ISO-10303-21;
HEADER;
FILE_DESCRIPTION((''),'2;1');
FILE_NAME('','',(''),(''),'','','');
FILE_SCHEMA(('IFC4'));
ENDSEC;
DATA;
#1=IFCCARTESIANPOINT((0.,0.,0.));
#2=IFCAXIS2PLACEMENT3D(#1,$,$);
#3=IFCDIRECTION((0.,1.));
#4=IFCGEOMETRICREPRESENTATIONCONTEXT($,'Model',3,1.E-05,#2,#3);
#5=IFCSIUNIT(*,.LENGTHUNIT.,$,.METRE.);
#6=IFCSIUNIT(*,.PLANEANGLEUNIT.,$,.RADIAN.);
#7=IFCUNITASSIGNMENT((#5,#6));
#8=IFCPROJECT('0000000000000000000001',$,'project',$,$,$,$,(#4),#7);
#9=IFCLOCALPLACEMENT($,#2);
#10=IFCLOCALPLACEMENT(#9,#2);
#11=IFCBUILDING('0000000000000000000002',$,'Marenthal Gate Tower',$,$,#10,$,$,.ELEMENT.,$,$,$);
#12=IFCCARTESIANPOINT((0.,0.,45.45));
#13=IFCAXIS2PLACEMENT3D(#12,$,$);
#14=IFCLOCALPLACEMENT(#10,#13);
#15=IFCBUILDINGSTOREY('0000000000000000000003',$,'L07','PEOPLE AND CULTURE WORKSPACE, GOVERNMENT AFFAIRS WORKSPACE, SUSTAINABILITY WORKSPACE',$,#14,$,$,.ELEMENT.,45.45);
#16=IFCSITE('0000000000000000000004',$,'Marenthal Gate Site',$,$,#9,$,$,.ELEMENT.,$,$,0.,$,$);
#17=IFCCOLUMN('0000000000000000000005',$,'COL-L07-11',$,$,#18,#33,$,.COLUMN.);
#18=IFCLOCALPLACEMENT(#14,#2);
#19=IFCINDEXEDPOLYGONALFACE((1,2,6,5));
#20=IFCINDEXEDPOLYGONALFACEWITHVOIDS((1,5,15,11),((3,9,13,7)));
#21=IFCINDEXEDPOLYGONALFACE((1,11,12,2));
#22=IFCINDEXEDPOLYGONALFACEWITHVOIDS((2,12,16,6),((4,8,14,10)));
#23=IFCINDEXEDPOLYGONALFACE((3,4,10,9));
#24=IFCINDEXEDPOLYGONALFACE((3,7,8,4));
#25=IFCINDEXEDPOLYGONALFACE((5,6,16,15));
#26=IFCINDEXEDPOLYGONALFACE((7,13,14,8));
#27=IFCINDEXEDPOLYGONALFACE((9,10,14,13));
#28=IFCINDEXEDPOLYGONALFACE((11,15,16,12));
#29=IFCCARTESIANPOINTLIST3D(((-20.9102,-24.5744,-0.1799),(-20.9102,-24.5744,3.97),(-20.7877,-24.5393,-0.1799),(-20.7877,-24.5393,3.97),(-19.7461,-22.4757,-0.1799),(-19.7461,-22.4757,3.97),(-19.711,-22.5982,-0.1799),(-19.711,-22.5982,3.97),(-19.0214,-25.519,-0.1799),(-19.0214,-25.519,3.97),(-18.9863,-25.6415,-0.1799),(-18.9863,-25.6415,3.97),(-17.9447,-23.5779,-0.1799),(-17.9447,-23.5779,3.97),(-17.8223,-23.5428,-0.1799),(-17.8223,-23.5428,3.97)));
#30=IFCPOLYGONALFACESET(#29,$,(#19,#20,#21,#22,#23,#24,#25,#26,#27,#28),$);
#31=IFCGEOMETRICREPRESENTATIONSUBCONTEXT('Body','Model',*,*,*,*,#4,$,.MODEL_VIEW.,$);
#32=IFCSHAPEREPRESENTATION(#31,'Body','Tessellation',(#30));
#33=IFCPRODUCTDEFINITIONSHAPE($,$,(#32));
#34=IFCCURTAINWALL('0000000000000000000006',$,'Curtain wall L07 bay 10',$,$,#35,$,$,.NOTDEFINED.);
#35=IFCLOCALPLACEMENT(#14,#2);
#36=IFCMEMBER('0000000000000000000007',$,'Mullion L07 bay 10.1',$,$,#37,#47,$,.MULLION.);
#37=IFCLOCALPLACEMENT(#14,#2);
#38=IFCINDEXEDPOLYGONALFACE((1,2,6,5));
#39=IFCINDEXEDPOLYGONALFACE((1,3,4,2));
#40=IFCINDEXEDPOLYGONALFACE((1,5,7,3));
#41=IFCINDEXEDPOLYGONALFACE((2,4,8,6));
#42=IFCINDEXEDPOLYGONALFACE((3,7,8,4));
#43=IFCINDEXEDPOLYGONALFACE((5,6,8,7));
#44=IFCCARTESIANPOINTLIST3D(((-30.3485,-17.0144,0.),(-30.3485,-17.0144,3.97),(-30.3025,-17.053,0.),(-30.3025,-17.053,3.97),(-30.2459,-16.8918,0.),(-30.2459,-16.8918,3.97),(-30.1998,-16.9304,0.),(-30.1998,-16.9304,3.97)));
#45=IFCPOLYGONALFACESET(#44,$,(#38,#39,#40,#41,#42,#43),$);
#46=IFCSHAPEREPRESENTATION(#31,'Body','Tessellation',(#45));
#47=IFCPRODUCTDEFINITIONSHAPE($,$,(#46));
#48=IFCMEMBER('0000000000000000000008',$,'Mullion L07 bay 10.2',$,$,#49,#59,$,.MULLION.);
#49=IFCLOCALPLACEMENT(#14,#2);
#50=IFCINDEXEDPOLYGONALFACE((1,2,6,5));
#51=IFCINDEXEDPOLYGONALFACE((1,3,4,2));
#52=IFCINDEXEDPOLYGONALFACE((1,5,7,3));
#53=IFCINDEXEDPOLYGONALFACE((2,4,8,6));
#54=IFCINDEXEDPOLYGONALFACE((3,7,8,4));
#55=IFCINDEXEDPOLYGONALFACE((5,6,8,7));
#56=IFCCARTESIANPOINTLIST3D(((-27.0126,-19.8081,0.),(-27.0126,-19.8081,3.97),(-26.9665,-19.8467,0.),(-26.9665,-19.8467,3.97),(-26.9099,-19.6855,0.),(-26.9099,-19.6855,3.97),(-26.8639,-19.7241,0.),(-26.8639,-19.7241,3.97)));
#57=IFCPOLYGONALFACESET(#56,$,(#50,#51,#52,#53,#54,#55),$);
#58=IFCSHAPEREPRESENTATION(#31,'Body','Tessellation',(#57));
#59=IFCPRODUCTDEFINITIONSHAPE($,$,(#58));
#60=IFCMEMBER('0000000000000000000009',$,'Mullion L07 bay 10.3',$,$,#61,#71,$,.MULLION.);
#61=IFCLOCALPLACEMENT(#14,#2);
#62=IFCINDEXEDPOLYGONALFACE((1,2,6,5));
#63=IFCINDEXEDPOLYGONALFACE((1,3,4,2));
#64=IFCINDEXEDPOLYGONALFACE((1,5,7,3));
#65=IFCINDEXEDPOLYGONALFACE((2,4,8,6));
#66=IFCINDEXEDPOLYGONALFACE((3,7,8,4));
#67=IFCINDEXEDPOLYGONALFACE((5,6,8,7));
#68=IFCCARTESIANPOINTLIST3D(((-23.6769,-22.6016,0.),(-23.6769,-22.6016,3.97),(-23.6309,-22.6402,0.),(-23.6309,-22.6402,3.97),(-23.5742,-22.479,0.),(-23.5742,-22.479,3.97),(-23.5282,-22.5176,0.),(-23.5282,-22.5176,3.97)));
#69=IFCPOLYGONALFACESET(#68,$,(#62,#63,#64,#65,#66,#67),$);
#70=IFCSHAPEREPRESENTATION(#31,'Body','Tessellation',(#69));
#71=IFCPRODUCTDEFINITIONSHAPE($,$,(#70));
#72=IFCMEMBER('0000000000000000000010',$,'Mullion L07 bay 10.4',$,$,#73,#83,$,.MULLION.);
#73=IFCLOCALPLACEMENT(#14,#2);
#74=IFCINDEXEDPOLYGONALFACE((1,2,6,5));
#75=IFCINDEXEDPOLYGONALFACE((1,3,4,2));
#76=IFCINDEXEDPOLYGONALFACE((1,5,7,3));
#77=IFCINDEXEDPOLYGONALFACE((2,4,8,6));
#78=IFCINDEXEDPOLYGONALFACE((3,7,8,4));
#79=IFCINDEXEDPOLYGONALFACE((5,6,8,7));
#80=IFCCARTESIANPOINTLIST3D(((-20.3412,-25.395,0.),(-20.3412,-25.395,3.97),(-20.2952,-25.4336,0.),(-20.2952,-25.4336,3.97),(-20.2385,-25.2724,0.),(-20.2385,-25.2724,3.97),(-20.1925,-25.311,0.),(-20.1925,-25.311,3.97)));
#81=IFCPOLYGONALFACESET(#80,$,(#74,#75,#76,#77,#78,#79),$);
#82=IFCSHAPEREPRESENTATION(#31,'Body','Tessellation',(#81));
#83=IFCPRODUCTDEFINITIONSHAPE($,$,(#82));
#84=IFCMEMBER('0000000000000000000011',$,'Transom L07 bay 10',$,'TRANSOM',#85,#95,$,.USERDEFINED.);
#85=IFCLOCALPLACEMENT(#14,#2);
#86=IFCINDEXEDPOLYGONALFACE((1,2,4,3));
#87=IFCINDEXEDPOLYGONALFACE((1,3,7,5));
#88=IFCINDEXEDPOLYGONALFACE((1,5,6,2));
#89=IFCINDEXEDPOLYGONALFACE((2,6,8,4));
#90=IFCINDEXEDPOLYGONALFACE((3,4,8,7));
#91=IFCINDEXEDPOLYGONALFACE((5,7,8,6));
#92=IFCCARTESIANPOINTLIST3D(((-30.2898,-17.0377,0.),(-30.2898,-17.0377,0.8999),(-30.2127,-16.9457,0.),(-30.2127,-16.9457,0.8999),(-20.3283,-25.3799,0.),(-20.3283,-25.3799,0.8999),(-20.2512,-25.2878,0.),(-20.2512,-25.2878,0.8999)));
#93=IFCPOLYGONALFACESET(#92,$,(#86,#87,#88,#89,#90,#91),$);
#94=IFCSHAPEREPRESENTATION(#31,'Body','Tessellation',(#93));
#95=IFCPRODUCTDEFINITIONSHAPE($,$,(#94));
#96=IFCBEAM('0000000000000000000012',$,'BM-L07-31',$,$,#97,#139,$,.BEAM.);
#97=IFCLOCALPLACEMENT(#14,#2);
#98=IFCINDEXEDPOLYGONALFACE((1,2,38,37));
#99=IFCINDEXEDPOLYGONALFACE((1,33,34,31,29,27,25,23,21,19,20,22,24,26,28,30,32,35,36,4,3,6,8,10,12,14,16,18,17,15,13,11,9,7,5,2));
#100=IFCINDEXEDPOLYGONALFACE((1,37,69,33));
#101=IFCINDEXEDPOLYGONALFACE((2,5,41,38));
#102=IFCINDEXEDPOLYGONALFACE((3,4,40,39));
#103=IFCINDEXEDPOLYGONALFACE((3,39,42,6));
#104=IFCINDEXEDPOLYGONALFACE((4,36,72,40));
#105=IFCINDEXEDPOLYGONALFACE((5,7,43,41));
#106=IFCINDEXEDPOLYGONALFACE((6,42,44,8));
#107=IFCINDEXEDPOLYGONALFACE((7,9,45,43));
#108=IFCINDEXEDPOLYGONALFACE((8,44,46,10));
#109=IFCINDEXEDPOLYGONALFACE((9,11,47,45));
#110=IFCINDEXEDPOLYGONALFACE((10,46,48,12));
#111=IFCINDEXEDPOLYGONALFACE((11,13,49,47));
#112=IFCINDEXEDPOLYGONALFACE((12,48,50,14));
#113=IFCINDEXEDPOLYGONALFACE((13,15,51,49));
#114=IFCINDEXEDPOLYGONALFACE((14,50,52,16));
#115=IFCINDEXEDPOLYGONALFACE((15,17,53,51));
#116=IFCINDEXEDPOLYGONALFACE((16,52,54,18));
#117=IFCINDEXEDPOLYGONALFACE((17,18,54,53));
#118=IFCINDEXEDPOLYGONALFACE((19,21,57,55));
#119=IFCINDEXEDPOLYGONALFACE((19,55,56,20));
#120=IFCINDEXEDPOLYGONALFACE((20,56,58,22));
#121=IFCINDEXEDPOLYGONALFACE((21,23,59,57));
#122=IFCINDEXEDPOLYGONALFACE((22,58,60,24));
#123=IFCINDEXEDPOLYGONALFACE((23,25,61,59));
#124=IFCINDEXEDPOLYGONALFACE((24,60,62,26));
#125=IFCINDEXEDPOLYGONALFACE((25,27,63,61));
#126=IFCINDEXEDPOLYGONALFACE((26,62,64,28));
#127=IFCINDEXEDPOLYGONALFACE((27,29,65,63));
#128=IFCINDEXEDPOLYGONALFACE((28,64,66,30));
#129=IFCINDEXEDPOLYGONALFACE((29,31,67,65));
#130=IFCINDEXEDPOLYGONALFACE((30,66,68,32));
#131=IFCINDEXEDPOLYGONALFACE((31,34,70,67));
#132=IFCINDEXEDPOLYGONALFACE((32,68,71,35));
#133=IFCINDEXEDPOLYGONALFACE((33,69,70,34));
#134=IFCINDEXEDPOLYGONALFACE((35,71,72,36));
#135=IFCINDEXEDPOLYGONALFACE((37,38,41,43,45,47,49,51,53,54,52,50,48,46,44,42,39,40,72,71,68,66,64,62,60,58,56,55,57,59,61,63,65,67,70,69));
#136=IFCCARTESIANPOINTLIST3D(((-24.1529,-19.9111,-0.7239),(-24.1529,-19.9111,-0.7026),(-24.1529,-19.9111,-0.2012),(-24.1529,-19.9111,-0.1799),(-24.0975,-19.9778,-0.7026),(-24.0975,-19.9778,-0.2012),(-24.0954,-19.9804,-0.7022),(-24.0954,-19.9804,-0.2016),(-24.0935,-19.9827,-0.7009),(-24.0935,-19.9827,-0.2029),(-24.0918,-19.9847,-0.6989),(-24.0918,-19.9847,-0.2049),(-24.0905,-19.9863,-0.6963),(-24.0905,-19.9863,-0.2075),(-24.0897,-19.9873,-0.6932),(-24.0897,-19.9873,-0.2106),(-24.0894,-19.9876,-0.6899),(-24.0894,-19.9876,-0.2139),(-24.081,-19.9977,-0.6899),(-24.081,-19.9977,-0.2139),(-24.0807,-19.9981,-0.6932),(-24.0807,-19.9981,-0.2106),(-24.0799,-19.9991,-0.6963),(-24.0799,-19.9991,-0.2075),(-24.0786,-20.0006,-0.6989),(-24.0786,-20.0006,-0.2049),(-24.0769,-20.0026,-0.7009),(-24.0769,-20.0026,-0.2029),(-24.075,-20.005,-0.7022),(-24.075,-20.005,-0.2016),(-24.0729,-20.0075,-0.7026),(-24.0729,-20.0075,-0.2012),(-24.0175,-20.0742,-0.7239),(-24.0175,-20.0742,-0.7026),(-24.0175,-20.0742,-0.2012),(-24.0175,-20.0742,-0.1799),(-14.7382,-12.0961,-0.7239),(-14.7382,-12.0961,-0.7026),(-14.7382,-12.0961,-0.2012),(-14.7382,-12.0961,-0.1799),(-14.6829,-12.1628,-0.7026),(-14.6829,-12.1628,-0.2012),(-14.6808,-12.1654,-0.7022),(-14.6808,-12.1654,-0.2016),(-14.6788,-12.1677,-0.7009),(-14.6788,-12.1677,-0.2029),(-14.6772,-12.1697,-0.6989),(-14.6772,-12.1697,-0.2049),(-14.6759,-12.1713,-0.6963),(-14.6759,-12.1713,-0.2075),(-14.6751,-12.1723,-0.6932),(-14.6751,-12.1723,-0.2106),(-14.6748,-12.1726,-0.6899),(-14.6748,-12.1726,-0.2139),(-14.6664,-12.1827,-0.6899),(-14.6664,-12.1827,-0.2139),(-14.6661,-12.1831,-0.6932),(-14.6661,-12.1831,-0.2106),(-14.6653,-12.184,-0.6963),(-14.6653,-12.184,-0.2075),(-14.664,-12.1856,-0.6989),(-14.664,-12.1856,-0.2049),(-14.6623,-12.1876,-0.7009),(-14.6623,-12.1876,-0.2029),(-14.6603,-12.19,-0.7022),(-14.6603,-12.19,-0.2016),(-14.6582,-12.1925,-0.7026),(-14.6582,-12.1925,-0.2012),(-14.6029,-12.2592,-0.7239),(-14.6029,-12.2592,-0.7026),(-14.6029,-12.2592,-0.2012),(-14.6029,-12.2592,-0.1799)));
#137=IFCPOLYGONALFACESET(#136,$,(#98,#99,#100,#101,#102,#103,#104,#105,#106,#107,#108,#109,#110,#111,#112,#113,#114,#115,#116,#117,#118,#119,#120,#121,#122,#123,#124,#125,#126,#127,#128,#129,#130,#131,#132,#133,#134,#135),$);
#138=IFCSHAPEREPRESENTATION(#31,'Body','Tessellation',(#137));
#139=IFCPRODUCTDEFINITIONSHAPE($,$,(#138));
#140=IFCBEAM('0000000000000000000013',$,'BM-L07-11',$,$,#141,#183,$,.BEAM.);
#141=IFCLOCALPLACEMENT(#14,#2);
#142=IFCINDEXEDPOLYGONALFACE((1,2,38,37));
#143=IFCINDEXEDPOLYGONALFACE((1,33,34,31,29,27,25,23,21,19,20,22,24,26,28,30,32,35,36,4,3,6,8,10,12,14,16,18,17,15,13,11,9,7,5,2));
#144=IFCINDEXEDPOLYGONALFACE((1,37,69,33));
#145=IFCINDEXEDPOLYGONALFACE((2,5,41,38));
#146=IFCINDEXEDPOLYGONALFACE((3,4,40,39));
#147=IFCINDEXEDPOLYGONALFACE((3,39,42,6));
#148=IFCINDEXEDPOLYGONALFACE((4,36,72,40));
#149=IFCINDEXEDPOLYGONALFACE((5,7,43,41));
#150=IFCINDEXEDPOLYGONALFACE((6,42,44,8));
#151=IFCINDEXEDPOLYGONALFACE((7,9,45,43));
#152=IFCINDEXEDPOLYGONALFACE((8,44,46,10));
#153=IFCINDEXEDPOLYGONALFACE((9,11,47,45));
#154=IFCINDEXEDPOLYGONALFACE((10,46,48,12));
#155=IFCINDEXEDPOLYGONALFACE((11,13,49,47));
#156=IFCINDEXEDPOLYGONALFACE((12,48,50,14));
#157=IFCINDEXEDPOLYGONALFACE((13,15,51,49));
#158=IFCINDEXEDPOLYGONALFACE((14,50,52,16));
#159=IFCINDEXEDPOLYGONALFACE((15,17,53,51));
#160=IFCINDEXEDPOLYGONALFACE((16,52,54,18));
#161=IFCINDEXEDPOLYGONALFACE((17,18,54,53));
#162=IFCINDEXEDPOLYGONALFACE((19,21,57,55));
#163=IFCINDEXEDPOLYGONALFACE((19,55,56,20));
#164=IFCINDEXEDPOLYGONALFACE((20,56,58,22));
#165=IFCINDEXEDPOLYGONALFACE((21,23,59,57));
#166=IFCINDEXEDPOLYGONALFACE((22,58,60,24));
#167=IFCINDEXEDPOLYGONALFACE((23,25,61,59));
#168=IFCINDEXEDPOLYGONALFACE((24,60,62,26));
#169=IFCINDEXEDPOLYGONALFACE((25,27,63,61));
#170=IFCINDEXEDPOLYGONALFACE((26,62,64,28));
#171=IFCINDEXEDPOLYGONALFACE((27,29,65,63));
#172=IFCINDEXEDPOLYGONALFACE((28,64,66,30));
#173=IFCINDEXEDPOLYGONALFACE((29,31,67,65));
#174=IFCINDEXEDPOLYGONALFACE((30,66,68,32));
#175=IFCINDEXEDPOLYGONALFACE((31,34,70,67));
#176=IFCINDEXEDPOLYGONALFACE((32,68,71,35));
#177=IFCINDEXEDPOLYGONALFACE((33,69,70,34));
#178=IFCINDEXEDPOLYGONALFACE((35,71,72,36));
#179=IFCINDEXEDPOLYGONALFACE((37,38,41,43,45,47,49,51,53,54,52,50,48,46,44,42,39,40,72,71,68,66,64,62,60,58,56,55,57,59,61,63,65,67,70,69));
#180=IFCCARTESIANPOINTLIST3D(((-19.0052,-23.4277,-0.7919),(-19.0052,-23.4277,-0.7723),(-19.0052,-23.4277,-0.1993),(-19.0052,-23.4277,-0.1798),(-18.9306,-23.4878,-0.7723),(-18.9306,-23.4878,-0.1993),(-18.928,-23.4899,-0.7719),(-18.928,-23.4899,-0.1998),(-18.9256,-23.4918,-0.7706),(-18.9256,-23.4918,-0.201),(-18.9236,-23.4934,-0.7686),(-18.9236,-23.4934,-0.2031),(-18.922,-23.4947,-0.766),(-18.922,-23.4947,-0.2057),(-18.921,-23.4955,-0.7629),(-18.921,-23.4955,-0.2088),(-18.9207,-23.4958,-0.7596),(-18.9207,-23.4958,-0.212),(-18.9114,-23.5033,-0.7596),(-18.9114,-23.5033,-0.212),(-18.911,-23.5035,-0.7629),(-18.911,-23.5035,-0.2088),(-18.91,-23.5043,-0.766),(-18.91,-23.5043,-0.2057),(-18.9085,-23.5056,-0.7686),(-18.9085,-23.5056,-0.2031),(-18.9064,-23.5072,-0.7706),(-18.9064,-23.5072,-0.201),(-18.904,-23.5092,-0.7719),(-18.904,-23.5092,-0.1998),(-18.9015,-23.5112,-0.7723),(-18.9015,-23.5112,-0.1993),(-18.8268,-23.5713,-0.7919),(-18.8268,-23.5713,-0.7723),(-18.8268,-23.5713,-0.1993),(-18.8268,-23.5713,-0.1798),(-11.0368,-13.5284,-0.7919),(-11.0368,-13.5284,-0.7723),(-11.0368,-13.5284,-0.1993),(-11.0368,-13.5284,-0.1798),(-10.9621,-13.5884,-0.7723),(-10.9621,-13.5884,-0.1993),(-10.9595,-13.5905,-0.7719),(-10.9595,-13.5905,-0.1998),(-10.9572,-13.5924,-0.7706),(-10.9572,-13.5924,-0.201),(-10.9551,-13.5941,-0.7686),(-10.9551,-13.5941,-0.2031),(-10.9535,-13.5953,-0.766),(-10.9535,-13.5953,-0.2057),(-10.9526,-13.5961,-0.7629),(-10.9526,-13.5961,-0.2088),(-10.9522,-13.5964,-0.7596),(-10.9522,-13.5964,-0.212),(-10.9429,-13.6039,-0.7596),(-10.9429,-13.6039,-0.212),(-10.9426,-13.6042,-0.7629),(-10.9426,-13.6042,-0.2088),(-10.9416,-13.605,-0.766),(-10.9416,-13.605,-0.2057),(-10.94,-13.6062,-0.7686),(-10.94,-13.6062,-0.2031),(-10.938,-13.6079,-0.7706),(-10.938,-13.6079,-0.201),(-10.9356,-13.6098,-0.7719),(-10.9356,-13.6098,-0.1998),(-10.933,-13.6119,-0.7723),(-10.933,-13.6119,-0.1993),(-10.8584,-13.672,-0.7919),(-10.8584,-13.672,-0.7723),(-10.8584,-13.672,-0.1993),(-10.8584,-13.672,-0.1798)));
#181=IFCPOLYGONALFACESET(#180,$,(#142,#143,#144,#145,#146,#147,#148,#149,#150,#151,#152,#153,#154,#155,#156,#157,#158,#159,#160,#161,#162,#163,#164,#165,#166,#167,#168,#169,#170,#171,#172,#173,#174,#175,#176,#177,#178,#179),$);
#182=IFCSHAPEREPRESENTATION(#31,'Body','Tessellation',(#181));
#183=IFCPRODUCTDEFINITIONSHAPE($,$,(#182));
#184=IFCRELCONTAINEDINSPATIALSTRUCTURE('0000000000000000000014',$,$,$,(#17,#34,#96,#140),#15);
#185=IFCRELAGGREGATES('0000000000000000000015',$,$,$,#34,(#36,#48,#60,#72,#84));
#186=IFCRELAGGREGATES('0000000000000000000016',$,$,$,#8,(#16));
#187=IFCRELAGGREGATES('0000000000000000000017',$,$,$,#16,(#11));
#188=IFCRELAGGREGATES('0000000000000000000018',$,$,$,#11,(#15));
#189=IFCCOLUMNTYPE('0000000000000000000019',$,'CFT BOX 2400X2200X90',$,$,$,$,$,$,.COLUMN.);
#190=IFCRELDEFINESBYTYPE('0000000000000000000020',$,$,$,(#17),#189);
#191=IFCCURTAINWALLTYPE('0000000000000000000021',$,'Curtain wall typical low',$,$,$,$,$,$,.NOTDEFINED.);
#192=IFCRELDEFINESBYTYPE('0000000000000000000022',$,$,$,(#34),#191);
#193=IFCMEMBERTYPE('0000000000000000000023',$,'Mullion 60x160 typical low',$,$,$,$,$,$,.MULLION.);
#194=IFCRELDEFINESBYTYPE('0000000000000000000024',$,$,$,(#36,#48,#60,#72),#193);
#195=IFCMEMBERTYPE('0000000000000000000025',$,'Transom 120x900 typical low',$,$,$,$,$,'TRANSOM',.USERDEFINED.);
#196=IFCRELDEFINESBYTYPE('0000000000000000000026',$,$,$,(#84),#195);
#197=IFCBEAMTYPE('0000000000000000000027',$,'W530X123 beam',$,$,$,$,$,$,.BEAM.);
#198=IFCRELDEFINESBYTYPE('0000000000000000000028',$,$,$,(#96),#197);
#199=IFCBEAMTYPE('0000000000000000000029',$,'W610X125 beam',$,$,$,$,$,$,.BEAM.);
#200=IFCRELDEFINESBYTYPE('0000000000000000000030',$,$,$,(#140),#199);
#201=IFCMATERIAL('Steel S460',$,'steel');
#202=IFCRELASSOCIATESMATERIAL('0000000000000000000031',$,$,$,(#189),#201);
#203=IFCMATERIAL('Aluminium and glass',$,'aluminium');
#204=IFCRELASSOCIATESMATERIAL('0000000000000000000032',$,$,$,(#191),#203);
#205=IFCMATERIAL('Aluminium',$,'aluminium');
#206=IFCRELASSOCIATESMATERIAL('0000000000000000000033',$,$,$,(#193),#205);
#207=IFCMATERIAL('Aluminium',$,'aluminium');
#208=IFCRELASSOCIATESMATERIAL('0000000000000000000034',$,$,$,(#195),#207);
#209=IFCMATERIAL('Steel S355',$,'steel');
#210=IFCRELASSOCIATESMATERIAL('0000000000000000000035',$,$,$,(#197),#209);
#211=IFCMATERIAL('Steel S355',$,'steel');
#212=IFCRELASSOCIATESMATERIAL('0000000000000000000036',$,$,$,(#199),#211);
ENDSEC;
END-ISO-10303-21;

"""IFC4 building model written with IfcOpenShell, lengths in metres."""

from ifc_helpers import new_model, si_unit, direction, frame, origin, origin_2d, place, context, subcontext, project, spatial, rectangle, hollow_rectangle, i_section, extrude, material, material_profile, profile_set, type_object, element, aggregate, save


model = new_model("IFC4")

# Units and contexts
model_context = context("Model", 3, precision=1e-05, world=origin(), true_north=direction((0.0, 1.0)))
body_context = subcontext(model_context, "Body", "Model", "MODEL_VIEW")
ifc_project = project(units=[si_unit("LENGTHUNIT", "METRE"), si_unit("PLANEANGLEUNIT", "RADIAN")], contexts=[model_context])

# Site, building, storey
site_placement = place(None, origin())
site = spatial("IfcSite", under=ifc_project, at=site_placement, Name="Marenthal Gate Site", CompositionType="ELEMENT", RefElevation=0.0)
building_placement = place(site_placement, origin())
building = spatial("IfcBuilding", under=site, at=building_placement, Name="Marenthal Gate Tower", CompositionType="ELEMENT")
storey_placement = place(building_placement, frame((0.0, 0.0, 45.45)))
storey = spatial("IfcBuildingStorey", under=building, at=storey_placement, Name="L07", Description="PEOPLE AND CULTURE WORKSPACE, GOVERNMENT AFFAIRS WORKSPACE, SUSTAINABILITY WORKSPACE", CompositionType="ELEMENT", Elevation=45.45)

# Column
ifc_material_1 = material(Name="Steel S460", Category="steel")
ifc_material_profile_1 = material_profile(ifc_material_1, hollow_rectangle(XDim=2.2, YDim=2.3999, WallThickness=0.0901, at=origin_2d()), Name="CFT BOX 2400X2200X90")
ifc_material_2 = material(Name="Concrete 70 MPa", Category="concrete")
ifc_material_profile_2 = material_profile(ifc_material_2, rectangle(XDim=2.02, YDim=2.22, at=origin_2d()), Name="CFT BOX 2400X2200X90 INFILL")
ifc_profile_set_1 = profile_set([ifc_material_profile_1, ifc_material_profile_2], Name="Steel S460 shell, Concrete 70 MPa infill")
column_type = type_object("IfcColumnType", Name="CFT BOX 2400X2200X90", PredefinedType="COLUMN", material=ifc_profile_set_1)
column_placement = place(storey_placement, frame((-19.3662, -24.0586, -0.1799), z_axis=(0.0, 0.0, 1.0), x_axis=(-0.874496, 0.485032, 0.0)))
element("IfcColumn", 1, at=column_placement, inside=storey, type_object=column_type, Name="COL-L07-11", PredefinedType="COLUMN", context=body_context, shape_type="SweptSolid", body=[
    extrude(hollow_rectangle(XDim=2.2, YDim=2.3999, WallThickness=0.0901, at=origin_2d()), origin(), (0.0, 0.0, 1.0), 4.1499),
])

# Curtain wall, members
ifc_material_3 = material(Name="Aluminium and glass", Category="aluminium")
curtain_wall_type = type_object("IfcCurtainWallType", Name="Curtain wall typical low", PredefinedType="NOTDEFINED", material=ifc_material_3)
curtain_wall_placement = place(storey_placement, origin())
curtain_wall = element("IfcCurtainWall", 2, at=curtain_wall_placement, inside=storey, type_object=curtain_wall_type, Name="Curtain wall L07 bay 10", PredefinedType="NOTDEFINED")
ifc_material_4 = material(Name="Aluminium", Category="aluminium")
ifc_material_profile_3 = material_profile(ifc_material_4, rectangle(XDim=0.1599, YDim=0.0601, at=origin_2d()), Name="60x160 aluminium mullion")
ifc_profile_set_2 = profile_set([ifc_material_profile_3], Name="Aluminium")
member_type_1 = type_object("IfcMemberType", Name="Mullion 60x160 typical low", PredefinedType="MULLION", material=ifc_profile_set_2)
member_1_placement = place(storey_placement, frame((-30.2742, -16.9724, 0.0), z_axis=(0.0, 0.0, 1.0), x_axis=(0.642047, 0.766665, 0.0)))
member_1 = element("IfcMember", 3, at=member_1_placement, type_object=member_type_1, Name="Mullion L07 bay 10.1", PredefinedType="MULLION", context=body_context, shape_type="SweptSolid", body=[
    extrude(rectangle(XDim=0.1599, YDim=0.0601, at=origin_2d()), origin(), (0.0, 0.0, 1.0), 3.97),
])
member_2_placement = place(storey_placement, frame((-26.9382, -19.7661, 0.0), z_axis=(0.0, 0.0, 1.0), x_axis=(0.642047, 0.766665, 0.0)))
member_2 = element("IfcMember", 4, at=member_2_placement, type_object=member_type_1, Name="Mullion L07 bay 10.2", PredefinedType="MULLION", context=body_context, shape_type="SweptSolid", body=[
    extrude(rectangle(XDim=0.1599, YDim=0.0601, at=origin_2d()), origin(), (0.0, 0.0, 1.0), 3.97),
])
member_3_placement = place(storey_placement, frame((-23.6025, -22.5596, 0.0), z_axis=(0.0, 0.0, 1.0), x_axis=(0.642047, 0.766665, 0.0)))
member_3 = element("IfcMember", 5, at=member_3_placement, type_object=member_type_1, Name="Mullion L07 bay 10.3", PredefinedType="MULLION", context=body_context, shape_type="SweptSolid", body=[
    extrude(rectangle(XDim=0.1599, YDim=0.0601, at=origin_2d()), origin(), (0.0, 0.0, 1.0), 3.97),
])
member_4_placement = place(storey_placement, frame((-20.2668, -25.353, 0.0), z_axis=(0.0, 0.0, 1.0), x_axis=(0.642047, 0.766665, 0.0)))
member_4 = element("IfcMember", 6, at=member_4_placement, type_object=member_type_1, Name="Mullion L07 bay 10.4", PredefinedType="MULLION", context=body_context, shape_type="SweptSolid", body=[
    extrude(rectangle(XDim=0.1599, YDim=0.0601, at=origin_2d()), origin(), (0.0, 0.0, 1.0), 3.97),
])
ifc_material_5 = material(Name="Aluminium", Category="aluminium")
ifc_material_profile_4 = material_profile(ifc_material_5, rectangle(XDim=0.1201, YDim=0.8999, at=origin_2d()), Name="120x900 aluminium transom")
ifc_profile_set_3 = profile_set([ifc_material_profile_4], Name="Aluminium")
member_type_2 = type_object("IfcMemberType", Name="Transom 120x900 typical low", ElementType="TRANSOM", PredefinedType="USERDEFINED", material=ifc_profile_set_3)
member_5_placement = place(storey_placement, frame((-30.2512, -16.9917, 0.45), z_axis=(0.766673, -0.642038, 0.0), x_axis=(0.642038, 0.766673, 0.0)))
member_5 = element("IfcMember", 7, at=member_5_placement, type_object=member_type_2, Name="Transom L07 bay 10", ObjectType="TRANSOM", PredefinedType="USERDEFINED", context=body_context, shape_type="SweptSolid", body=[
    extrude(rectangle(XDim=0.1201, YDim=0.8999, at=origin_2d()), origin(), (0.0, 0.0, 1.0), 12.9932),
])

# Beams
ifc_material_6 = material(Name="Steel S355", Category="steel")
ifc_material_profile_5 = material_profile(ifc_material_6, i_section(OverallWidth=0.2119, OverallDepth=0.5439, WebThickness=0.0132, FlangeThickness=0.0212, FilletRadius=0.0127, at=origin_2d()), Name="W530X123")
ifc_profile_set_4 = profile_set([ifc_material_profile_5], Name="Steel S355")
beam_type_1 = type_object("IfcBeamType", Name="W530X123 beam", PredefinedType="BEAM", material=ifc_profile_set_4)
beam_1_placement = place(storey_placement, frame((-24.0852, -19.9927, -0.4519), z_axis=(0.769447, 0.638711, 0.0), x_axis=(-0.638711, 0.769447, 0.0)))
element("IfcBeam", 8, at=beam_1_placement, inside=storey, type_object=beam_type_1, Name="BM-L07-31", PredefinedType="BEAM", context=body_context, shape_type="SweptSolid", body=[
    extrude(i_section(OverallWidth=0.2119, OverallDepth=0.5439, WebThickness=0.0132, FlangeThickness=0.0212, FilletRadius=0.0127, at=origin_2d()), origin(), (0.0, 0.0, 1.0), 12.2356),
])
ifc_material_7 = material(Name="Steel S355", Category="steel")
ifc_material_profile_6 = material_profile(ifc_material_7, i_section(OverallWidth=0.229, OverallDepth=0.6121, WebThickness=0.012, FlangeThickness=0.0195, FilletRadius=0.0127, at=origin_2d()), Name="W610X125")
ifc_profile_set_5 = profile_set([ifc_material_profile_6], Name="Steel S355")
beam_type_2 = type_object("IfcBeamType", Name="W610X125 beam", PredefinedType="BEAM", material=ifc_profile_set_5)
beam_2_placement = place(storey_placement, frame((-18.916, -23.4995, -0.4858), z_axis=(0.627042, 0.778985, 0.0), x_axis=(-0.778985, 0.627042, 0.0)))
element("IfcBeam", 9, at=beam_2_placement, inside=storey, type_object=beam_type_2, Name="BM-L07-11", PredefinedType="BEAM", context=body_context, shape_type="SweptSolid", body=[
    extrude(i_section(OverallWidth=0.229, OverallDepth=0.6121, WebThickness=0.012, FlangeThickness=0.0195, FilletRadius=0.0127, at=origin_2d()), origin(), (0.0, 0.0, 1.0), 12.708),
])

aggregate(curtain_wall, [member_1, member_2, member_3, member_4, member_5])

save(model, "model.ifc")
